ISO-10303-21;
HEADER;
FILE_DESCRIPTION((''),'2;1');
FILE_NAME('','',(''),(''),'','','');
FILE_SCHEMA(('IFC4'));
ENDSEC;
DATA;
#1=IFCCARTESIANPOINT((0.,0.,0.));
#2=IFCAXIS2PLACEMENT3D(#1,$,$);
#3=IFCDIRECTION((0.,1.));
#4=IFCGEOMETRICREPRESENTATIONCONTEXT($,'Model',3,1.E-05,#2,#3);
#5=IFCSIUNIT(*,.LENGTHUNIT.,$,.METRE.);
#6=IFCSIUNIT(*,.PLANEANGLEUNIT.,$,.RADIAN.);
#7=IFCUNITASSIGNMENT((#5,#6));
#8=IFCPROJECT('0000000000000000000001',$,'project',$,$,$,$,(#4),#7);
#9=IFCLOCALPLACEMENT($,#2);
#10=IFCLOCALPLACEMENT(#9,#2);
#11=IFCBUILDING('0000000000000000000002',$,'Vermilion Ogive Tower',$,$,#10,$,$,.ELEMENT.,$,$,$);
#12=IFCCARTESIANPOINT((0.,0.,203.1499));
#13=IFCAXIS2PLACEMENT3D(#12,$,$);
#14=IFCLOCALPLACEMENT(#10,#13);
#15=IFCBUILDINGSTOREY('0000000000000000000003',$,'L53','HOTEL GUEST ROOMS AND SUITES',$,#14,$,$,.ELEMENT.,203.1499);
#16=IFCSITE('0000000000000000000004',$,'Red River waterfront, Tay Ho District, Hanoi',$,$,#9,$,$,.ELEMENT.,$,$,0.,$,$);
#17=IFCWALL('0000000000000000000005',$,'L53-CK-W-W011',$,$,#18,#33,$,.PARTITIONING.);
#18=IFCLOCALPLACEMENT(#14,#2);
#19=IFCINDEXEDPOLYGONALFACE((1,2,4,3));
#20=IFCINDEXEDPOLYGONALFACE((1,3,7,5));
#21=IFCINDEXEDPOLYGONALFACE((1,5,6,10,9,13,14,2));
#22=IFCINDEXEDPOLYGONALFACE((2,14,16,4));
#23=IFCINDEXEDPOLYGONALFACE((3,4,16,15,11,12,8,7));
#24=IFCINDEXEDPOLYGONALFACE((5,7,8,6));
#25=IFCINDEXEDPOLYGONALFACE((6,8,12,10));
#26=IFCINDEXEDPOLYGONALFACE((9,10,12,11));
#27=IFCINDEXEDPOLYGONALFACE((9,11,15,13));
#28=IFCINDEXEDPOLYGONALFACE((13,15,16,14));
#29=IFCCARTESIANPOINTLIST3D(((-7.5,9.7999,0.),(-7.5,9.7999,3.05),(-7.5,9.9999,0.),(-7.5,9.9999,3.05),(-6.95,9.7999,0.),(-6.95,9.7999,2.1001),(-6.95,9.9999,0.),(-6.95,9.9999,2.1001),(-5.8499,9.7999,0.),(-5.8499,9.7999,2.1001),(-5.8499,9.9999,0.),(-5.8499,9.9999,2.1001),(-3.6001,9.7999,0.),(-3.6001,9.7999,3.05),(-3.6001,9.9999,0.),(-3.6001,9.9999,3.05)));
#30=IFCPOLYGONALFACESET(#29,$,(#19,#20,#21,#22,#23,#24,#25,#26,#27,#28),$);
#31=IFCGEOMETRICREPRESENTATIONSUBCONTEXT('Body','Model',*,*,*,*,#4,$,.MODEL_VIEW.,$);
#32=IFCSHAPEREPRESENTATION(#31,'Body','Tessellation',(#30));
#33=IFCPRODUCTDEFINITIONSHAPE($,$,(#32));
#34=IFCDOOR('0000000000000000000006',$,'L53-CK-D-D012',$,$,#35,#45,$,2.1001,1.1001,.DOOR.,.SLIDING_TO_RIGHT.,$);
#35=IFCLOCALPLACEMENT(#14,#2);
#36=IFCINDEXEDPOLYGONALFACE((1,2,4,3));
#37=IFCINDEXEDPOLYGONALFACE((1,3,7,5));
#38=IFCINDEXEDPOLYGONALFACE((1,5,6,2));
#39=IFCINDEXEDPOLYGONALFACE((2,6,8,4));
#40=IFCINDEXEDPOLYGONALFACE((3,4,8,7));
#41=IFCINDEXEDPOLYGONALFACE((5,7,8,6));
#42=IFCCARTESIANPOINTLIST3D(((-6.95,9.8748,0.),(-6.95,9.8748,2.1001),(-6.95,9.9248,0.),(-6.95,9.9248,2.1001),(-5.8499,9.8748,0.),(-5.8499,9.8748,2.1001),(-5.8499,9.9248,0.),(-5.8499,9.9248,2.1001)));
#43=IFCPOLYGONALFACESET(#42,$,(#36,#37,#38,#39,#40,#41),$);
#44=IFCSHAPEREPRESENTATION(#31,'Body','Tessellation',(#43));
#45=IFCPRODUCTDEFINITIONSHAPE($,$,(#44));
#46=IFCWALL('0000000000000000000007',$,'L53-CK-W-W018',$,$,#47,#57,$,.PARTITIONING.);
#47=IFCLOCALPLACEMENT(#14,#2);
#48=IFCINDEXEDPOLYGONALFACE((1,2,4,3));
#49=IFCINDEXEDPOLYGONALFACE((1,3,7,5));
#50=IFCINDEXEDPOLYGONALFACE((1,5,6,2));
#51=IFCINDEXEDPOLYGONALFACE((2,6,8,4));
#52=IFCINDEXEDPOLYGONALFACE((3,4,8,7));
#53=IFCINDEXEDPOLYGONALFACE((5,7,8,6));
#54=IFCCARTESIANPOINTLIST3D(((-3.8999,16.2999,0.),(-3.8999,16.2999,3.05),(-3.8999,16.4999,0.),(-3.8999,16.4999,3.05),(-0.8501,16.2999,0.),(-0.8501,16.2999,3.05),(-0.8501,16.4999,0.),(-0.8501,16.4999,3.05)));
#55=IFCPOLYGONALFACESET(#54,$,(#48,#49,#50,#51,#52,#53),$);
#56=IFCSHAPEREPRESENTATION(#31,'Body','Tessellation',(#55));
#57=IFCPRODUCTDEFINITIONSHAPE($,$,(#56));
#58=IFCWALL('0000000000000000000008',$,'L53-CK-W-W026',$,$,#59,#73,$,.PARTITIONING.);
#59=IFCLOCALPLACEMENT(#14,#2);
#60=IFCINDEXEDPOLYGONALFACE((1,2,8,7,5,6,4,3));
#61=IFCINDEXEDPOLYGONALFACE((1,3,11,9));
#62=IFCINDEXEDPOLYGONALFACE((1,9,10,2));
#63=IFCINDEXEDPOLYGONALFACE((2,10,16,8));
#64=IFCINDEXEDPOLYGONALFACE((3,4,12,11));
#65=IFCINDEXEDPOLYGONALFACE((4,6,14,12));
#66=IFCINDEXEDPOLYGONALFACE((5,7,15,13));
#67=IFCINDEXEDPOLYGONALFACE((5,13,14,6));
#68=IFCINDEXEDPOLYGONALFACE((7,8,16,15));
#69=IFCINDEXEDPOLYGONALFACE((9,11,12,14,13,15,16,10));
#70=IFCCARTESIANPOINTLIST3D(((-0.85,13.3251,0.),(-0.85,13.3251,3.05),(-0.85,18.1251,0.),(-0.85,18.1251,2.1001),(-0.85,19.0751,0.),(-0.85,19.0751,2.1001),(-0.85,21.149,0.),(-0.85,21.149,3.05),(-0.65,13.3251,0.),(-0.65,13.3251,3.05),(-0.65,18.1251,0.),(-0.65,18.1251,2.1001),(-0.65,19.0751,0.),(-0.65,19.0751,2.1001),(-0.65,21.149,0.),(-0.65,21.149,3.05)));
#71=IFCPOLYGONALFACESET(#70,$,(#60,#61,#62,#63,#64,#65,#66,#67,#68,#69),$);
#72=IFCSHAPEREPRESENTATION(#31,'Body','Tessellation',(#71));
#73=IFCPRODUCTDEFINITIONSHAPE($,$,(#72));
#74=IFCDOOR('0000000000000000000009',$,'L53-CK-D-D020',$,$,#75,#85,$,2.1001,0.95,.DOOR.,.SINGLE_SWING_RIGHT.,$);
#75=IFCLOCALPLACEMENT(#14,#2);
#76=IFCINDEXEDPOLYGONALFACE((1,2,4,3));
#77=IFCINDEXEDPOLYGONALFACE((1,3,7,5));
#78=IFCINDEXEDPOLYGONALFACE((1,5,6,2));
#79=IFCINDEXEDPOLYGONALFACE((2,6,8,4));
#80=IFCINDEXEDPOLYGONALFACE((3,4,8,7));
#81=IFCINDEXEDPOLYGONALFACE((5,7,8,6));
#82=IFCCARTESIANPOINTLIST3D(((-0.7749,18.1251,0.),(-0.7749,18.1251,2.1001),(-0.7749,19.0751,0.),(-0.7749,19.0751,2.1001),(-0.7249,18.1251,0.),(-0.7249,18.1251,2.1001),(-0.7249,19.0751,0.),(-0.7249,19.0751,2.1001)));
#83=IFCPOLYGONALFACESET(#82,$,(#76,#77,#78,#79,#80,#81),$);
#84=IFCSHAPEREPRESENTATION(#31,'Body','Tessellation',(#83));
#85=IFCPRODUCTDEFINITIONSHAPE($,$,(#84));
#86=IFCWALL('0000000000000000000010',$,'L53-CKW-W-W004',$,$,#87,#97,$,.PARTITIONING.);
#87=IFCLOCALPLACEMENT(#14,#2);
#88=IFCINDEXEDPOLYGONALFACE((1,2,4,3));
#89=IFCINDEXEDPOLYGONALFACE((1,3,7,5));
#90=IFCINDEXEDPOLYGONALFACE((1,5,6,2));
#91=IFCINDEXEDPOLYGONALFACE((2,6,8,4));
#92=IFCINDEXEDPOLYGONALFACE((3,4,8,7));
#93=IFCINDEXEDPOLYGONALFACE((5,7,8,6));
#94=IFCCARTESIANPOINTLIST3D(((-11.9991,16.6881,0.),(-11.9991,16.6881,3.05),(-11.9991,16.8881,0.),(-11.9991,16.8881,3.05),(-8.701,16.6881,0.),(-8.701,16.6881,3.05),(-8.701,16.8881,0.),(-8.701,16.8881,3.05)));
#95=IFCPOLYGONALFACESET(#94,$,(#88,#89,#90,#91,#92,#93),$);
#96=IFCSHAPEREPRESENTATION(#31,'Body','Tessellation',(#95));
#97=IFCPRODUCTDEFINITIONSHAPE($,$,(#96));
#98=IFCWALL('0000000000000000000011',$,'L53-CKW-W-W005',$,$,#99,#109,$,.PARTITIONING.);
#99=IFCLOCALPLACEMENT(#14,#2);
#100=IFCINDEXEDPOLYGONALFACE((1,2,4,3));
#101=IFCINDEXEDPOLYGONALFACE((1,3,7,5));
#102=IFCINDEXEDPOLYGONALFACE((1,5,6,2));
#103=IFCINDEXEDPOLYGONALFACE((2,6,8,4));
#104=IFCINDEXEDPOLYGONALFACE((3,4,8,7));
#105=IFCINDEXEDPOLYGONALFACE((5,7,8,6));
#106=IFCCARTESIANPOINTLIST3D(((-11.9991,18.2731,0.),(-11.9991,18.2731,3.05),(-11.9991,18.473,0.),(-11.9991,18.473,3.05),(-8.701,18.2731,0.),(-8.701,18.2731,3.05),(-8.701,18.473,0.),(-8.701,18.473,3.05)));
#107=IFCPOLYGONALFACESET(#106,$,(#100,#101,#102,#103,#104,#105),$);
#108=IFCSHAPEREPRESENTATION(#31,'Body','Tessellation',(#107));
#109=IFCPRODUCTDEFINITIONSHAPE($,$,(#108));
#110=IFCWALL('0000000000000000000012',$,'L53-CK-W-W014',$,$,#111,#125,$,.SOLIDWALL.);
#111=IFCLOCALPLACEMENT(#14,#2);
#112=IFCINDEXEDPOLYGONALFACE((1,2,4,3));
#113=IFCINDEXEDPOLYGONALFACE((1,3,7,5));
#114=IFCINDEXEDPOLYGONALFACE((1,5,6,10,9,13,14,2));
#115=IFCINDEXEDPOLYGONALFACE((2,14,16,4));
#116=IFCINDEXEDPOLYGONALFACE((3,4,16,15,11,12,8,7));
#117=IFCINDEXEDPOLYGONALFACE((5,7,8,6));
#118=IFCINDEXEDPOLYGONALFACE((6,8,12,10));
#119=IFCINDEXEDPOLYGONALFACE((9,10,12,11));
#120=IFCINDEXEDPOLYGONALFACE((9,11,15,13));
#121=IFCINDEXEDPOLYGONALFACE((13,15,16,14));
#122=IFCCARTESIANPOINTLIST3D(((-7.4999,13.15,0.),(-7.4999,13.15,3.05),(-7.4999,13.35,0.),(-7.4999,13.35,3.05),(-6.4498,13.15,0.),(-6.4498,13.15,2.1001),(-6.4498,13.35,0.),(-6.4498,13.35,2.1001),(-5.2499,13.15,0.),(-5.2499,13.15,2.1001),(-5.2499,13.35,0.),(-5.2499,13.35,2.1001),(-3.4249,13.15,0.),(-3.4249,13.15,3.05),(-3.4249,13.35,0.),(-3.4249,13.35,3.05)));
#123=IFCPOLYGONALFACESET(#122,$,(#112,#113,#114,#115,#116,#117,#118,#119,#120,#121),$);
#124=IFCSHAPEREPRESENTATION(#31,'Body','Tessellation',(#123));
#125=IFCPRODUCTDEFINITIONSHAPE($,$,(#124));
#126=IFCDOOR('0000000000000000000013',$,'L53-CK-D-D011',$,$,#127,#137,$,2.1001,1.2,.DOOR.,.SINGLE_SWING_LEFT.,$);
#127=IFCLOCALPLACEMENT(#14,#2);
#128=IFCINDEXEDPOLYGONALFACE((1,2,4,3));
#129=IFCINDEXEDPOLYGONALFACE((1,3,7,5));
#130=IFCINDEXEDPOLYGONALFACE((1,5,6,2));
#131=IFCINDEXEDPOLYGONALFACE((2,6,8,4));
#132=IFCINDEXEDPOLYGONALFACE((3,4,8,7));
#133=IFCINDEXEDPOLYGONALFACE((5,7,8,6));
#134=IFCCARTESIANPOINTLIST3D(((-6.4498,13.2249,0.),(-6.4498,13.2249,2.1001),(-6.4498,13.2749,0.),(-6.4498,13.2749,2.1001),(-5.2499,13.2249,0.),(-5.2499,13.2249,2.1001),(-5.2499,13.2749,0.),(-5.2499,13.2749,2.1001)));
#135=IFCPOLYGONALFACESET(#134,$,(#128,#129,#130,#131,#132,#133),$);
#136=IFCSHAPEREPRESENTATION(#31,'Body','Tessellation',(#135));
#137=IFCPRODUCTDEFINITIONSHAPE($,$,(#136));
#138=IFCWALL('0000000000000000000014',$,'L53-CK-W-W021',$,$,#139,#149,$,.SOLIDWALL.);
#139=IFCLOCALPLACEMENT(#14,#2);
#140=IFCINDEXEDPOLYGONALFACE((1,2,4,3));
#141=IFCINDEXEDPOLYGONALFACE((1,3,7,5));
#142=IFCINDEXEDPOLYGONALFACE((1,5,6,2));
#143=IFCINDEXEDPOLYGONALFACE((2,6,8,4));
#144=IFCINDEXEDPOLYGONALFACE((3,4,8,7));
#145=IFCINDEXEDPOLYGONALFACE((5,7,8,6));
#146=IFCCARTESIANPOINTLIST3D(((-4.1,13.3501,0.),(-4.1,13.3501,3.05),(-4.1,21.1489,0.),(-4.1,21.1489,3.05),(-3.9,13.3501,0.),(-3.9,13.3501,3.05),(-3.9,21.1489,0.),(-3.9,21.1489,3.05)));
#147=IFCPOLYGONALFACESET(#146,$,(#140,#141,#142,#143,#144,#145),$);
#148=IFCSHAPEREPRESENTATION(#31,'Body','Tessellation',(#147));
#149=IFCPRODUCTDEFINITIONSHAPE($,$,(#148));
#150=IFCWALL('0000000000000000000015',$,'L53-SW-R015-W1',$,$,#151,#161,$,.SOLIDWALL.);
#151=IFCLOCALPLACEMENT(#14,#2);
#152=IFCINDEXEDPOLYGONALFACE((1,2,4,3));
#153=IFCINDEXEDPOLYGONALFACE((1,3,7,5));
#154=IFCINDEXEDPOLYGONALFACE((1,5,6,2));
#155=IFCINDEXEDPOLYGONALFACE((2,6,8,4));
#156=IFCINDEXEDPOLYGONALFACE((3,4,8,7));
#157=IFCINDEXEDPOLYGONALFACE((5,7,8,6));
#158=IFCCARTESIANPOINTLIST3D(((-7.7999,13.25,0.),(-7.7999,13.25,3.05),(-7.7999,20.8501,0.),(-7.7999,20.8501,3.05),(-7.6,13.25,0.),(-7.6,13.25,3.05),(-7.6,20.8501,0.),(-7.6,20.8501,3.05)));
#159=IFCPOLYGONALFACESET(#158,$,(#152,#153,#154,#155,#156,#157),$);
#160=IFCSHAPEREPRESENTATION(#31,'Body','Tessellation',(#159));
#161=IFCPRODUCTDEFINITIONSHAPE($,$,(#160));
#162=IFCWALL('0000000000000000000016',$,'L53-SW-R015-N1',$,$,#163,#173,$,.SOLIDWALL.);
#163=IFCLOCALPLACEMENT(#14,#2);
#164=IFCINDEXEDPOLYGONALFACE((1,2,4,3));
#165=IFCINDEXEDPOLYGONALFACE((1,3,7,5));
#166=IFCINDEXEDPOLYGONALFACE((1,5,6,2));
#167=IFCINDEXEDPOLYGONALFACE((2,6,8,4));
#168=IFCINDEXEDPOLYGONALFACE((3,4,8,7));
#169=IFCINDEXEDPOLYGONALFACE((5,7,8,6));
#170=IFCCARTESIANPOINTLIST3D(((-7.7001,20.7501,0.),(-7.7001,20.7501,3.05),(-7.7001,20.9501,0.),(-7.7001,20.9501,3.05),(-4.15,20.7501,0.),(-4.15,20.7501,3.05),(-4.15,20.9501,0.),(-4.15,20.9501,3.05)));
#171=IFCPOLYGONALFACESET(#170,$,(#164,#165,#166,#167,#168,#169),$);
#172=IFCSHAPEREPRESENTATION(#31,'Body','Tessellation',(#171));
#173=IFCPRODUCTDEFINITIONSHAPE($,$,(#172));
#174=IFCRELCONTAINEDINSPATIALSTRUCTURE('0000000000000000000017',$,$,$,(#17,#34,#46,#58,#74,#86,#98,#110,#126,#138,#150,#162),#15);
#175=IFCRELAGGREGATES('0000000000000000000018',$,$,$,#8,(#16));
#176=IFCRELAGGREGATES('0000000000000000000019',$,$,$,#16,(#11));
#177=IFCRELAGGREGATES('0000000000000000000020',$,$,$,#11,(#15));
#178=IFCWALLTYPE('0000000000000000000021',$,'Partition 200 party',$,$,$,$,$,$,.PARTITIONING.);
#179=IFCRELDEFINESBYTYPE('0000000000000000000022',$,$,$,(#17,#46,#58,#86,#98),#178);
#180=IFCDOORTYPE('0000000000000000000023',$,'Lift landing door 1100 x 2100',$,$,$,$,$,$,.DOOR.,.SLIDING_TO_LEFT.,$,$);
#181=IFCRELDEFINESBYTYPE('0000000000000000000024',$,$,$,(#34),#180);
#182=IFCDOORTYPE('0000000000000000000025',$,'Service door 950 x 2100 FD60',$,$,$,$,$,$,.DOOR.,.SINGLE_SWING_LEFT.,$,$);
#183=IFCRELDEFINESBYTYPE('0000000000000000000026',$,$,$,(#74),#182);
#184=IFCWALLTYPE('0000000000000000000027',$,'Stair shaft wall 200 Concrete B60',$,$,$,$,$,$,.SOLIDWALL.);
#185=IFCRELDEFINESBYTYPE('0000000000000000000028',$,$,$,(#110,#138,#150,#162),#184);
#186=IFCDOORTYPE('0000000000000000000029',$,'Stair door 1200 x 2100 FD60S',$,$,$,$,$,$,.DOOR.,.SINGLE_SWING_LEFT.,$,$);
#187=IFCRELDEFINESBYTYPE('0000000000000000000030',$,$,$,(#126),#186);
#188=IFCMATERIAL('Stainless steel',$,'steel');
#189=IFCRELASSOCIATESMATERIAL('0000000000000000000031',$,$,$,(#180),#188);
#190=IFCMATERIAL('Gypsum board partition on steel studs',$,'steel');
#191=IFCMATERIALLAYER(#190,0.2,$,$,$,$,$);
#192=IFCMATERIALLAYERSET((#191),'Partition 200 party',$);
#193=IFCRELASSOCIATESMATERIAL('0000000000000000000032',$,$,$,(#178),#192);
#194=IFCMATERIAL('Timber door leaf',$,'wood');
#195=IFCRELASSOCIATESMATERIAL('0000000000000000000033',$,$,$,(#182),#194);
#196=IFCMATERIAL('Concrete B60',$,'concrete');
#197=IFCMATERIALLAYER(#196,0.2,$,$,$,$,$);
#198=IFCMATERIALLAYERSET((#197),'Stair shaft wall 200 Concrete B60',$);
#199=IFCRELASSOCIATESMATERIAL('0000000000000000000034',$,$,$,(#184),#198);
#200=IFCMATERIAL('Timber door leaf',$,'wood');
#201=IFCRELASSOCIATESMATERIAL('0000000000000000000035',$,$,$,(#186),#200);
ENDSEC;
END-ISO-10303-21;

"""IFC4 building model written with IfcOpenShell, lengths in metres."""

from ifc_helpers import new_model, si_unit, direction, frame, frame_2d, origin, place, context, subcontext, project, spatial, rectangle, extrude, material, layer, layer_set, type_object, element, fill, save


model = new_model("IFC4")

# Units and contexts
model_context = context("Model", 3, precision=1e-05, world=origin(), true_north=direction((0.0, 1.0)))
body_context = subcontext(model_context, "Body", "Model", "MODEL_VIEW")
ifc_project = project(units=[si_unit("LENGTHUNIT", "METRE"), si_unit("PLANEANGLEUNIT", "RADIAN")], contexts=[model_context])

# Site, building, storey
site_placement = place(None, origin())
site = spatial("IfcSite", under=ifc_project, at=site_placement, Name="Red River waterfront, Tay Ho District, Hanoi", CompositionType="ELEMENT", RefElevation=0.0)
building_placement = place(site_placement, origin())
building = spatial("IfcBuilding", under=site, at=building_placement, Name="Vermilion Ogive Tower", CompositionType="ELEMENT")
storey_placement = place(building_placement, frame((0.0, 0.0, 203.1499)))
storey = spatial("IfcBuildingStorey", under=building, at=storey_placement, Name="L53", Description="HOTEL GUEST ROOMS AND SUITES", CompositionType="ELEMENT", Elevation=203.1499)

# Shared definitions
ifc_material_1 = material(Name="Stainless steel", Category="steel")
door_type_1 = type_object("IfcDoorType", Name="Lift landing door 1100 x 2100", OperationType="SLIDING_TO_LEFT", PredefinedType="DOOR", material=ifc_material_1)

# Wall, opening, door
ifc_material_2 = material(Name="Gypsum board partition on steel studs", Category="steel")
ifc_layer_1 = layer(ifc_material_2, 0.2)
ifc_layer_set_1 = layer_set([ifc_layer_1], Name="Partition 200 party")
wall_type_1 = type_object("IfcWallType", Name="Partition 200 party", PredefinedType="PARTITIONING", material=ifc_layer_set_1)
wall_1_placement = place(storey_placement, frame((-7.5, 9.8999, 0.0), z_axis=(0.0, 0.0, 1.0), x_axis=(1.0, 0.0, 0.0)))
wall_1 = element("IfcWall", 1, at=wall_1_placement, inside=storey, type_object=wall_type_1, Name="L53-CK-W-W011", PredefinedType="PARTITIONING", context=body_context, shape_type="SweptSolid", body=[
    extrude(rectangle(XDim=3.8999, YDim=0.2, at=frame_2d((1.95, 0.0))), origin(), (0.0, 0.0, 1.0), 3.05),
])
opening_1_placement = place(wall_1_placement, frame((0.55, 0.0, 0.0)))
opening_1 = element("IfcOpeningElement", 2, at=opening_1_placement, cuts=wall_1, PredefinedType="OPENING", context=body_context, shape_type="SweptSolid", body=[
    extrude(rectangle(XDim=1.1001, YDim=2.1001, at=frame_2d((0.55, 1.05))), frame((0.0, 0.1099, 0.0), z_axis=(0.0, -1.0, 0.0), x_axis=(1.0, 0.0, 0.0)), (0.0, 0.0, 1.0), 0.22),
])
door_1_placement = place(opening_1_placement, origin())
door_1 = element("IfcDoor", 3, at=door_1_placement, inside=storey, type_object=door_type_1, Name="L53-CK-D-D012", OperationType="SLIDING_TO_RIGHT", OverallHeight=2.1001, OverallWidth=1.1001, PredefinedType="DOOR", context=body_context, shape_type="SweptSolid", body=[
    extrude(rectangle(XDim=1.1001, YDim=2.1001, at=frame_2d((0.55, 1.05))), frame((0.0, 0.0249, 0.0), z_axis=(0.0, -1.0, 0.0), x_axis=(1.0, 0.0, 0.0)), (0.0, 0.0, 1.0), 0.05),
])
fill(opening_1, door_1)

# Wall
wall_2_placement = place(storey_placement, frame((-3.8999, 16.3999, 0.0), z_axis=(0.0, 0.0, 1.0), x_axis=(1.0, 0.0, 0.0)))
element("IfcWall", 4, at=wall_2_placement, inside=storey, type_object=wall_type_1, Name="L53-CK-W-W018", PredefinedType="PARTITIONING", context=body_context, shape_type="SweptSolid", body=[
    extrude(rectangle(XDim=3.0498, YDim=0.2, at=frame_2d((1.5249, 0.0))), origin(), (0.0, 0.0, 1.0), 3.05),
])

# Wall, opening, door
wall_3_placement = place(storey_placement, frame((-0.75, 13.325, 0.0), z_axis=(0.0, 0.0, 1.0), x_axis=(0.0, 1.0, 0.0)))
wall_3 = element("IfcWall", 5, at=wall_3_placement, inside=storey, type_object=wall_type_1, Name="L53-CK-W-W026", PredefinedType="PARTITIONING", context=body_context, shape_type="SweptSolid", body=[
    extrude(rectangle(XDim=7.824, YDim=0.2, at=frame_2d((3.9121, 0.0))), origin(), (0.0, 0.0, 1.0), 3.05),
])
opening_2_placement = place(wall_3_placement, frame((4.8, 0.0, 0.0)))
opening_2 = element("IfcOpeningElement", 6, at=opening_2_placement, cuts=wall_3, PredefinedType="OPENING", context=body_context, shape_type="SweptSolid", body=[
    extrude(rectangle(XDim=0.95, YDim=2.1001, at=frame_2d((0.4751, 1.05))), frame((0.0, 0.1099, 0.0), z_axis=(0.0, -1.0, 0.0), x_axis=(1.0, 0.0, 0.0)), (0.0, 0.0, 1.0), 0.22),
])
ifc_material_3 = material(Name="Timber door leaf", Category="wood")
door_type_2 = type_object("IfcDoorType", Name="Service door 950 x 2100 FD60", OperationType="SINGLE_SWING_LEFT", PredefinedType="DOOR", material=ifc_material_3)
door_2_placement = place(opening_2_placement, origin())
door_2 = element("IfcDoor", 7, at=door_2_placement, inside=storey, type_object=door_type_2, Name="L53-CK-D-D020", OperationType="SINGLE_SWING_RIGHT", OverallHeight=2.1001, OverallWidth=0.95, PredefinedType="DOOR", context=body_context, shape_type="SweptSolid", body=[
    extrude(rectangle(XDim=0.95, YDim=2.1001, at=frame_2d((0.4751, 1.05))), frame((0.0, 0.0249, 0.0), z_axis=(0.0, -1.0, 0.0), x_axis=(1.0, 0.0, 0.0)), (0.0, 0.0, 1.0), 0.05),
])
fill(opening_2, door_2)

# Walls
for number, where, z_axis, x_axis, name in (
    (8, (-11.999, 16.7881, 0.0), (0.0, 0.0, 1.0), (1.0, 0.0, 0.0), "L53-CKW-W-W004"),
    (9, (-11.999, 18.373, 0.0), (0.0, 0.0, 1.0), (1.0, 0.0, 0.0), "L53-CKW-W-W005"),
):
    element("IfcWall", number, at=place(storey_placement, frame(where, z_axis=z_axis, x_axis=x_axis)), inside=storey, type_object=wall_type_1, Name=name, PredefinedType="PARTITIONING", context=body_context, shape_type="SweptSolid", body=[
        extrude(rectangle(XDim=3.2981, YDim=0.2, at=frame_2d((1.6489, 0.0))), origin(), (0.0, 0.0, 1.0), 3.05),
    ])

# Wall, opening, door
ifc_material_4 = material(Name="Concrete B60", Category="concrete")
ifc_layer_2 = layer(ifc_material_4, 0.2)
ifc_layer_set_2 = layer_set([ifc_layer_2], Name="Stair shaft wall 200 Concrete B60")
wall_type_2 = type_object("IfcWallType", Name="Stair shaft wall 200 Concrete B60", PredefinedType="SOLIDWALL", material=ifc_layer_set_2)
wall_4_placement = place(storey_placement, frame((-7.5, 13.25, 0.0), z_axis=(0.0, 0.0, 1.0), x_axis=(1.0, 0.0, 0.0)))
wall_4 = element("IfcWall", 10, at=wall_4_placement, inside=storey, type_object=wall_type_2, Name="L53-CK-W-W014", PredefinedType="SOLIDWALL", context=body_context, shape_type="SweptSolid", body=[
    extrude(rectangle(XDim=4.075, YDim=0.2, at=frame_2d((2.0376, 0.0))), origin(), (0.0, 0.0, 1.0), 3.05),
])
opening_3_placement = place(wall_4_placement, frame((1.05, 0.0, 0.0)))
opening_3 = element("IfcOpeningElement", 11, at=opening_3_placement, cuts=wall_4, PredefinedType="OPENING", context=body_context, shape_type="SweptSolid", body=[
    extrude(rectangle(XDim=1.2, YDim=2.1001, at=frame_2d((0.6001, 1.05))), frame((0.0, 0.1099, 0.0), z_axis=(0.0, -1.0, 0.0), x_axis=(1.0, 0.0, 0.0)), (0.0, 0.0, 1.0), 0.22),
])
ifc_material_5 = material(Name="Timber door leaf", Category="wood")
door_type_3 = type_object("IfcDoorType", Name="Stair door 1200 x 2100 FD60S", OperationType="SINGLE_SWING_LEFT", PredefinedType="DOOR", material=ifc_material_5)
door_3_placement = place(opening_3_placement, origin())
door_3 = element("IfcDoor", 12, at=door_3_placement, inside=storey, type_object=door_type_3, Name="L53-CK-D-D011", OperationType="SINGLE_SWING_LEFT", OverallHeight=2.1001, OverallWidth=1.2, PredefinedType="DOOR", context=body_context, shape_type="SweptSolid", body=[
    extrude(rectangle(XDim=1.2, YDim=2.1001, at=frame_2d((0.6001, 1.05))), frame((0.0, 0.0249, 0.0), z_axis=(0.0, -1.0, 0.0), x_axis=(1.0, 0.0, 0.0)), (0.0, 0.0, 1.0), 0.05),
])
fill(opening_3, door_3)

# Walls
wall_5_placement = place(storey_placement, frame((-4.0, 13.3501, 0.0), z_axis=(0.0, 0.0, 1.0), x_axis=(0.0, 1.0, 0.0)))
element("IfcWall", 13, at=wall_5_placement, inside=storey, type_object=wall_type_2, Name="L53-CK-W-W021", PredefinedType="SOLIDWALL", context=body_context, shape_type="SweptSolid", body=[
    extrude(rectangle(XDim=7.7988, YDim=0.2, at=frame_2d((3.8994, 0.0))), origin(), (0.0, 0.0, 1.0), 3.05),
])
wall_6_placement = place(storey_placement, frame((-7.7, 13.25, 0.0), z_axis=(0.0, 0.0, 1.0), x_axis=(0.0, 1.0, 0.0)))
element("IfcWall", 14, at=wall_6_placement, inside=storey, type_object=wall_type_2, Name="L53-SW-R015-W1", PredefinedType="SOLIDWALL", context=body_context, shape_type="SweptSolid", body=[
    extrude(rectangle(XDim=7.6001, YDim=0.2, at=frame_2d((3.8, 0.0))), origin(), (0.0, 0.0, 1.0), 3.05),
])
wall_7_placement = place(storey_placement, frame((-7.7, 20.8501, 0.0), z_axis=(0.0, 0.0, 1.0), x_axis=(1.0, 0.0, 0.0)))
element("IfcWall", 15, at=wall_7_placement, inside=storey, type_object=wall_type_2, Name="L53-SW-R015-N1", PredefinedType="SOLIDWALL", context=body_context, shape_type="SweptSolid", body=[
    extrude(rectangle(XDim=3.55, YDim=0.2, at=frame_2d((1.7749, 0.0))), origin(), (0.0, 0.0, 1.0), 3.05),
])

save(model, "model.ifc")
